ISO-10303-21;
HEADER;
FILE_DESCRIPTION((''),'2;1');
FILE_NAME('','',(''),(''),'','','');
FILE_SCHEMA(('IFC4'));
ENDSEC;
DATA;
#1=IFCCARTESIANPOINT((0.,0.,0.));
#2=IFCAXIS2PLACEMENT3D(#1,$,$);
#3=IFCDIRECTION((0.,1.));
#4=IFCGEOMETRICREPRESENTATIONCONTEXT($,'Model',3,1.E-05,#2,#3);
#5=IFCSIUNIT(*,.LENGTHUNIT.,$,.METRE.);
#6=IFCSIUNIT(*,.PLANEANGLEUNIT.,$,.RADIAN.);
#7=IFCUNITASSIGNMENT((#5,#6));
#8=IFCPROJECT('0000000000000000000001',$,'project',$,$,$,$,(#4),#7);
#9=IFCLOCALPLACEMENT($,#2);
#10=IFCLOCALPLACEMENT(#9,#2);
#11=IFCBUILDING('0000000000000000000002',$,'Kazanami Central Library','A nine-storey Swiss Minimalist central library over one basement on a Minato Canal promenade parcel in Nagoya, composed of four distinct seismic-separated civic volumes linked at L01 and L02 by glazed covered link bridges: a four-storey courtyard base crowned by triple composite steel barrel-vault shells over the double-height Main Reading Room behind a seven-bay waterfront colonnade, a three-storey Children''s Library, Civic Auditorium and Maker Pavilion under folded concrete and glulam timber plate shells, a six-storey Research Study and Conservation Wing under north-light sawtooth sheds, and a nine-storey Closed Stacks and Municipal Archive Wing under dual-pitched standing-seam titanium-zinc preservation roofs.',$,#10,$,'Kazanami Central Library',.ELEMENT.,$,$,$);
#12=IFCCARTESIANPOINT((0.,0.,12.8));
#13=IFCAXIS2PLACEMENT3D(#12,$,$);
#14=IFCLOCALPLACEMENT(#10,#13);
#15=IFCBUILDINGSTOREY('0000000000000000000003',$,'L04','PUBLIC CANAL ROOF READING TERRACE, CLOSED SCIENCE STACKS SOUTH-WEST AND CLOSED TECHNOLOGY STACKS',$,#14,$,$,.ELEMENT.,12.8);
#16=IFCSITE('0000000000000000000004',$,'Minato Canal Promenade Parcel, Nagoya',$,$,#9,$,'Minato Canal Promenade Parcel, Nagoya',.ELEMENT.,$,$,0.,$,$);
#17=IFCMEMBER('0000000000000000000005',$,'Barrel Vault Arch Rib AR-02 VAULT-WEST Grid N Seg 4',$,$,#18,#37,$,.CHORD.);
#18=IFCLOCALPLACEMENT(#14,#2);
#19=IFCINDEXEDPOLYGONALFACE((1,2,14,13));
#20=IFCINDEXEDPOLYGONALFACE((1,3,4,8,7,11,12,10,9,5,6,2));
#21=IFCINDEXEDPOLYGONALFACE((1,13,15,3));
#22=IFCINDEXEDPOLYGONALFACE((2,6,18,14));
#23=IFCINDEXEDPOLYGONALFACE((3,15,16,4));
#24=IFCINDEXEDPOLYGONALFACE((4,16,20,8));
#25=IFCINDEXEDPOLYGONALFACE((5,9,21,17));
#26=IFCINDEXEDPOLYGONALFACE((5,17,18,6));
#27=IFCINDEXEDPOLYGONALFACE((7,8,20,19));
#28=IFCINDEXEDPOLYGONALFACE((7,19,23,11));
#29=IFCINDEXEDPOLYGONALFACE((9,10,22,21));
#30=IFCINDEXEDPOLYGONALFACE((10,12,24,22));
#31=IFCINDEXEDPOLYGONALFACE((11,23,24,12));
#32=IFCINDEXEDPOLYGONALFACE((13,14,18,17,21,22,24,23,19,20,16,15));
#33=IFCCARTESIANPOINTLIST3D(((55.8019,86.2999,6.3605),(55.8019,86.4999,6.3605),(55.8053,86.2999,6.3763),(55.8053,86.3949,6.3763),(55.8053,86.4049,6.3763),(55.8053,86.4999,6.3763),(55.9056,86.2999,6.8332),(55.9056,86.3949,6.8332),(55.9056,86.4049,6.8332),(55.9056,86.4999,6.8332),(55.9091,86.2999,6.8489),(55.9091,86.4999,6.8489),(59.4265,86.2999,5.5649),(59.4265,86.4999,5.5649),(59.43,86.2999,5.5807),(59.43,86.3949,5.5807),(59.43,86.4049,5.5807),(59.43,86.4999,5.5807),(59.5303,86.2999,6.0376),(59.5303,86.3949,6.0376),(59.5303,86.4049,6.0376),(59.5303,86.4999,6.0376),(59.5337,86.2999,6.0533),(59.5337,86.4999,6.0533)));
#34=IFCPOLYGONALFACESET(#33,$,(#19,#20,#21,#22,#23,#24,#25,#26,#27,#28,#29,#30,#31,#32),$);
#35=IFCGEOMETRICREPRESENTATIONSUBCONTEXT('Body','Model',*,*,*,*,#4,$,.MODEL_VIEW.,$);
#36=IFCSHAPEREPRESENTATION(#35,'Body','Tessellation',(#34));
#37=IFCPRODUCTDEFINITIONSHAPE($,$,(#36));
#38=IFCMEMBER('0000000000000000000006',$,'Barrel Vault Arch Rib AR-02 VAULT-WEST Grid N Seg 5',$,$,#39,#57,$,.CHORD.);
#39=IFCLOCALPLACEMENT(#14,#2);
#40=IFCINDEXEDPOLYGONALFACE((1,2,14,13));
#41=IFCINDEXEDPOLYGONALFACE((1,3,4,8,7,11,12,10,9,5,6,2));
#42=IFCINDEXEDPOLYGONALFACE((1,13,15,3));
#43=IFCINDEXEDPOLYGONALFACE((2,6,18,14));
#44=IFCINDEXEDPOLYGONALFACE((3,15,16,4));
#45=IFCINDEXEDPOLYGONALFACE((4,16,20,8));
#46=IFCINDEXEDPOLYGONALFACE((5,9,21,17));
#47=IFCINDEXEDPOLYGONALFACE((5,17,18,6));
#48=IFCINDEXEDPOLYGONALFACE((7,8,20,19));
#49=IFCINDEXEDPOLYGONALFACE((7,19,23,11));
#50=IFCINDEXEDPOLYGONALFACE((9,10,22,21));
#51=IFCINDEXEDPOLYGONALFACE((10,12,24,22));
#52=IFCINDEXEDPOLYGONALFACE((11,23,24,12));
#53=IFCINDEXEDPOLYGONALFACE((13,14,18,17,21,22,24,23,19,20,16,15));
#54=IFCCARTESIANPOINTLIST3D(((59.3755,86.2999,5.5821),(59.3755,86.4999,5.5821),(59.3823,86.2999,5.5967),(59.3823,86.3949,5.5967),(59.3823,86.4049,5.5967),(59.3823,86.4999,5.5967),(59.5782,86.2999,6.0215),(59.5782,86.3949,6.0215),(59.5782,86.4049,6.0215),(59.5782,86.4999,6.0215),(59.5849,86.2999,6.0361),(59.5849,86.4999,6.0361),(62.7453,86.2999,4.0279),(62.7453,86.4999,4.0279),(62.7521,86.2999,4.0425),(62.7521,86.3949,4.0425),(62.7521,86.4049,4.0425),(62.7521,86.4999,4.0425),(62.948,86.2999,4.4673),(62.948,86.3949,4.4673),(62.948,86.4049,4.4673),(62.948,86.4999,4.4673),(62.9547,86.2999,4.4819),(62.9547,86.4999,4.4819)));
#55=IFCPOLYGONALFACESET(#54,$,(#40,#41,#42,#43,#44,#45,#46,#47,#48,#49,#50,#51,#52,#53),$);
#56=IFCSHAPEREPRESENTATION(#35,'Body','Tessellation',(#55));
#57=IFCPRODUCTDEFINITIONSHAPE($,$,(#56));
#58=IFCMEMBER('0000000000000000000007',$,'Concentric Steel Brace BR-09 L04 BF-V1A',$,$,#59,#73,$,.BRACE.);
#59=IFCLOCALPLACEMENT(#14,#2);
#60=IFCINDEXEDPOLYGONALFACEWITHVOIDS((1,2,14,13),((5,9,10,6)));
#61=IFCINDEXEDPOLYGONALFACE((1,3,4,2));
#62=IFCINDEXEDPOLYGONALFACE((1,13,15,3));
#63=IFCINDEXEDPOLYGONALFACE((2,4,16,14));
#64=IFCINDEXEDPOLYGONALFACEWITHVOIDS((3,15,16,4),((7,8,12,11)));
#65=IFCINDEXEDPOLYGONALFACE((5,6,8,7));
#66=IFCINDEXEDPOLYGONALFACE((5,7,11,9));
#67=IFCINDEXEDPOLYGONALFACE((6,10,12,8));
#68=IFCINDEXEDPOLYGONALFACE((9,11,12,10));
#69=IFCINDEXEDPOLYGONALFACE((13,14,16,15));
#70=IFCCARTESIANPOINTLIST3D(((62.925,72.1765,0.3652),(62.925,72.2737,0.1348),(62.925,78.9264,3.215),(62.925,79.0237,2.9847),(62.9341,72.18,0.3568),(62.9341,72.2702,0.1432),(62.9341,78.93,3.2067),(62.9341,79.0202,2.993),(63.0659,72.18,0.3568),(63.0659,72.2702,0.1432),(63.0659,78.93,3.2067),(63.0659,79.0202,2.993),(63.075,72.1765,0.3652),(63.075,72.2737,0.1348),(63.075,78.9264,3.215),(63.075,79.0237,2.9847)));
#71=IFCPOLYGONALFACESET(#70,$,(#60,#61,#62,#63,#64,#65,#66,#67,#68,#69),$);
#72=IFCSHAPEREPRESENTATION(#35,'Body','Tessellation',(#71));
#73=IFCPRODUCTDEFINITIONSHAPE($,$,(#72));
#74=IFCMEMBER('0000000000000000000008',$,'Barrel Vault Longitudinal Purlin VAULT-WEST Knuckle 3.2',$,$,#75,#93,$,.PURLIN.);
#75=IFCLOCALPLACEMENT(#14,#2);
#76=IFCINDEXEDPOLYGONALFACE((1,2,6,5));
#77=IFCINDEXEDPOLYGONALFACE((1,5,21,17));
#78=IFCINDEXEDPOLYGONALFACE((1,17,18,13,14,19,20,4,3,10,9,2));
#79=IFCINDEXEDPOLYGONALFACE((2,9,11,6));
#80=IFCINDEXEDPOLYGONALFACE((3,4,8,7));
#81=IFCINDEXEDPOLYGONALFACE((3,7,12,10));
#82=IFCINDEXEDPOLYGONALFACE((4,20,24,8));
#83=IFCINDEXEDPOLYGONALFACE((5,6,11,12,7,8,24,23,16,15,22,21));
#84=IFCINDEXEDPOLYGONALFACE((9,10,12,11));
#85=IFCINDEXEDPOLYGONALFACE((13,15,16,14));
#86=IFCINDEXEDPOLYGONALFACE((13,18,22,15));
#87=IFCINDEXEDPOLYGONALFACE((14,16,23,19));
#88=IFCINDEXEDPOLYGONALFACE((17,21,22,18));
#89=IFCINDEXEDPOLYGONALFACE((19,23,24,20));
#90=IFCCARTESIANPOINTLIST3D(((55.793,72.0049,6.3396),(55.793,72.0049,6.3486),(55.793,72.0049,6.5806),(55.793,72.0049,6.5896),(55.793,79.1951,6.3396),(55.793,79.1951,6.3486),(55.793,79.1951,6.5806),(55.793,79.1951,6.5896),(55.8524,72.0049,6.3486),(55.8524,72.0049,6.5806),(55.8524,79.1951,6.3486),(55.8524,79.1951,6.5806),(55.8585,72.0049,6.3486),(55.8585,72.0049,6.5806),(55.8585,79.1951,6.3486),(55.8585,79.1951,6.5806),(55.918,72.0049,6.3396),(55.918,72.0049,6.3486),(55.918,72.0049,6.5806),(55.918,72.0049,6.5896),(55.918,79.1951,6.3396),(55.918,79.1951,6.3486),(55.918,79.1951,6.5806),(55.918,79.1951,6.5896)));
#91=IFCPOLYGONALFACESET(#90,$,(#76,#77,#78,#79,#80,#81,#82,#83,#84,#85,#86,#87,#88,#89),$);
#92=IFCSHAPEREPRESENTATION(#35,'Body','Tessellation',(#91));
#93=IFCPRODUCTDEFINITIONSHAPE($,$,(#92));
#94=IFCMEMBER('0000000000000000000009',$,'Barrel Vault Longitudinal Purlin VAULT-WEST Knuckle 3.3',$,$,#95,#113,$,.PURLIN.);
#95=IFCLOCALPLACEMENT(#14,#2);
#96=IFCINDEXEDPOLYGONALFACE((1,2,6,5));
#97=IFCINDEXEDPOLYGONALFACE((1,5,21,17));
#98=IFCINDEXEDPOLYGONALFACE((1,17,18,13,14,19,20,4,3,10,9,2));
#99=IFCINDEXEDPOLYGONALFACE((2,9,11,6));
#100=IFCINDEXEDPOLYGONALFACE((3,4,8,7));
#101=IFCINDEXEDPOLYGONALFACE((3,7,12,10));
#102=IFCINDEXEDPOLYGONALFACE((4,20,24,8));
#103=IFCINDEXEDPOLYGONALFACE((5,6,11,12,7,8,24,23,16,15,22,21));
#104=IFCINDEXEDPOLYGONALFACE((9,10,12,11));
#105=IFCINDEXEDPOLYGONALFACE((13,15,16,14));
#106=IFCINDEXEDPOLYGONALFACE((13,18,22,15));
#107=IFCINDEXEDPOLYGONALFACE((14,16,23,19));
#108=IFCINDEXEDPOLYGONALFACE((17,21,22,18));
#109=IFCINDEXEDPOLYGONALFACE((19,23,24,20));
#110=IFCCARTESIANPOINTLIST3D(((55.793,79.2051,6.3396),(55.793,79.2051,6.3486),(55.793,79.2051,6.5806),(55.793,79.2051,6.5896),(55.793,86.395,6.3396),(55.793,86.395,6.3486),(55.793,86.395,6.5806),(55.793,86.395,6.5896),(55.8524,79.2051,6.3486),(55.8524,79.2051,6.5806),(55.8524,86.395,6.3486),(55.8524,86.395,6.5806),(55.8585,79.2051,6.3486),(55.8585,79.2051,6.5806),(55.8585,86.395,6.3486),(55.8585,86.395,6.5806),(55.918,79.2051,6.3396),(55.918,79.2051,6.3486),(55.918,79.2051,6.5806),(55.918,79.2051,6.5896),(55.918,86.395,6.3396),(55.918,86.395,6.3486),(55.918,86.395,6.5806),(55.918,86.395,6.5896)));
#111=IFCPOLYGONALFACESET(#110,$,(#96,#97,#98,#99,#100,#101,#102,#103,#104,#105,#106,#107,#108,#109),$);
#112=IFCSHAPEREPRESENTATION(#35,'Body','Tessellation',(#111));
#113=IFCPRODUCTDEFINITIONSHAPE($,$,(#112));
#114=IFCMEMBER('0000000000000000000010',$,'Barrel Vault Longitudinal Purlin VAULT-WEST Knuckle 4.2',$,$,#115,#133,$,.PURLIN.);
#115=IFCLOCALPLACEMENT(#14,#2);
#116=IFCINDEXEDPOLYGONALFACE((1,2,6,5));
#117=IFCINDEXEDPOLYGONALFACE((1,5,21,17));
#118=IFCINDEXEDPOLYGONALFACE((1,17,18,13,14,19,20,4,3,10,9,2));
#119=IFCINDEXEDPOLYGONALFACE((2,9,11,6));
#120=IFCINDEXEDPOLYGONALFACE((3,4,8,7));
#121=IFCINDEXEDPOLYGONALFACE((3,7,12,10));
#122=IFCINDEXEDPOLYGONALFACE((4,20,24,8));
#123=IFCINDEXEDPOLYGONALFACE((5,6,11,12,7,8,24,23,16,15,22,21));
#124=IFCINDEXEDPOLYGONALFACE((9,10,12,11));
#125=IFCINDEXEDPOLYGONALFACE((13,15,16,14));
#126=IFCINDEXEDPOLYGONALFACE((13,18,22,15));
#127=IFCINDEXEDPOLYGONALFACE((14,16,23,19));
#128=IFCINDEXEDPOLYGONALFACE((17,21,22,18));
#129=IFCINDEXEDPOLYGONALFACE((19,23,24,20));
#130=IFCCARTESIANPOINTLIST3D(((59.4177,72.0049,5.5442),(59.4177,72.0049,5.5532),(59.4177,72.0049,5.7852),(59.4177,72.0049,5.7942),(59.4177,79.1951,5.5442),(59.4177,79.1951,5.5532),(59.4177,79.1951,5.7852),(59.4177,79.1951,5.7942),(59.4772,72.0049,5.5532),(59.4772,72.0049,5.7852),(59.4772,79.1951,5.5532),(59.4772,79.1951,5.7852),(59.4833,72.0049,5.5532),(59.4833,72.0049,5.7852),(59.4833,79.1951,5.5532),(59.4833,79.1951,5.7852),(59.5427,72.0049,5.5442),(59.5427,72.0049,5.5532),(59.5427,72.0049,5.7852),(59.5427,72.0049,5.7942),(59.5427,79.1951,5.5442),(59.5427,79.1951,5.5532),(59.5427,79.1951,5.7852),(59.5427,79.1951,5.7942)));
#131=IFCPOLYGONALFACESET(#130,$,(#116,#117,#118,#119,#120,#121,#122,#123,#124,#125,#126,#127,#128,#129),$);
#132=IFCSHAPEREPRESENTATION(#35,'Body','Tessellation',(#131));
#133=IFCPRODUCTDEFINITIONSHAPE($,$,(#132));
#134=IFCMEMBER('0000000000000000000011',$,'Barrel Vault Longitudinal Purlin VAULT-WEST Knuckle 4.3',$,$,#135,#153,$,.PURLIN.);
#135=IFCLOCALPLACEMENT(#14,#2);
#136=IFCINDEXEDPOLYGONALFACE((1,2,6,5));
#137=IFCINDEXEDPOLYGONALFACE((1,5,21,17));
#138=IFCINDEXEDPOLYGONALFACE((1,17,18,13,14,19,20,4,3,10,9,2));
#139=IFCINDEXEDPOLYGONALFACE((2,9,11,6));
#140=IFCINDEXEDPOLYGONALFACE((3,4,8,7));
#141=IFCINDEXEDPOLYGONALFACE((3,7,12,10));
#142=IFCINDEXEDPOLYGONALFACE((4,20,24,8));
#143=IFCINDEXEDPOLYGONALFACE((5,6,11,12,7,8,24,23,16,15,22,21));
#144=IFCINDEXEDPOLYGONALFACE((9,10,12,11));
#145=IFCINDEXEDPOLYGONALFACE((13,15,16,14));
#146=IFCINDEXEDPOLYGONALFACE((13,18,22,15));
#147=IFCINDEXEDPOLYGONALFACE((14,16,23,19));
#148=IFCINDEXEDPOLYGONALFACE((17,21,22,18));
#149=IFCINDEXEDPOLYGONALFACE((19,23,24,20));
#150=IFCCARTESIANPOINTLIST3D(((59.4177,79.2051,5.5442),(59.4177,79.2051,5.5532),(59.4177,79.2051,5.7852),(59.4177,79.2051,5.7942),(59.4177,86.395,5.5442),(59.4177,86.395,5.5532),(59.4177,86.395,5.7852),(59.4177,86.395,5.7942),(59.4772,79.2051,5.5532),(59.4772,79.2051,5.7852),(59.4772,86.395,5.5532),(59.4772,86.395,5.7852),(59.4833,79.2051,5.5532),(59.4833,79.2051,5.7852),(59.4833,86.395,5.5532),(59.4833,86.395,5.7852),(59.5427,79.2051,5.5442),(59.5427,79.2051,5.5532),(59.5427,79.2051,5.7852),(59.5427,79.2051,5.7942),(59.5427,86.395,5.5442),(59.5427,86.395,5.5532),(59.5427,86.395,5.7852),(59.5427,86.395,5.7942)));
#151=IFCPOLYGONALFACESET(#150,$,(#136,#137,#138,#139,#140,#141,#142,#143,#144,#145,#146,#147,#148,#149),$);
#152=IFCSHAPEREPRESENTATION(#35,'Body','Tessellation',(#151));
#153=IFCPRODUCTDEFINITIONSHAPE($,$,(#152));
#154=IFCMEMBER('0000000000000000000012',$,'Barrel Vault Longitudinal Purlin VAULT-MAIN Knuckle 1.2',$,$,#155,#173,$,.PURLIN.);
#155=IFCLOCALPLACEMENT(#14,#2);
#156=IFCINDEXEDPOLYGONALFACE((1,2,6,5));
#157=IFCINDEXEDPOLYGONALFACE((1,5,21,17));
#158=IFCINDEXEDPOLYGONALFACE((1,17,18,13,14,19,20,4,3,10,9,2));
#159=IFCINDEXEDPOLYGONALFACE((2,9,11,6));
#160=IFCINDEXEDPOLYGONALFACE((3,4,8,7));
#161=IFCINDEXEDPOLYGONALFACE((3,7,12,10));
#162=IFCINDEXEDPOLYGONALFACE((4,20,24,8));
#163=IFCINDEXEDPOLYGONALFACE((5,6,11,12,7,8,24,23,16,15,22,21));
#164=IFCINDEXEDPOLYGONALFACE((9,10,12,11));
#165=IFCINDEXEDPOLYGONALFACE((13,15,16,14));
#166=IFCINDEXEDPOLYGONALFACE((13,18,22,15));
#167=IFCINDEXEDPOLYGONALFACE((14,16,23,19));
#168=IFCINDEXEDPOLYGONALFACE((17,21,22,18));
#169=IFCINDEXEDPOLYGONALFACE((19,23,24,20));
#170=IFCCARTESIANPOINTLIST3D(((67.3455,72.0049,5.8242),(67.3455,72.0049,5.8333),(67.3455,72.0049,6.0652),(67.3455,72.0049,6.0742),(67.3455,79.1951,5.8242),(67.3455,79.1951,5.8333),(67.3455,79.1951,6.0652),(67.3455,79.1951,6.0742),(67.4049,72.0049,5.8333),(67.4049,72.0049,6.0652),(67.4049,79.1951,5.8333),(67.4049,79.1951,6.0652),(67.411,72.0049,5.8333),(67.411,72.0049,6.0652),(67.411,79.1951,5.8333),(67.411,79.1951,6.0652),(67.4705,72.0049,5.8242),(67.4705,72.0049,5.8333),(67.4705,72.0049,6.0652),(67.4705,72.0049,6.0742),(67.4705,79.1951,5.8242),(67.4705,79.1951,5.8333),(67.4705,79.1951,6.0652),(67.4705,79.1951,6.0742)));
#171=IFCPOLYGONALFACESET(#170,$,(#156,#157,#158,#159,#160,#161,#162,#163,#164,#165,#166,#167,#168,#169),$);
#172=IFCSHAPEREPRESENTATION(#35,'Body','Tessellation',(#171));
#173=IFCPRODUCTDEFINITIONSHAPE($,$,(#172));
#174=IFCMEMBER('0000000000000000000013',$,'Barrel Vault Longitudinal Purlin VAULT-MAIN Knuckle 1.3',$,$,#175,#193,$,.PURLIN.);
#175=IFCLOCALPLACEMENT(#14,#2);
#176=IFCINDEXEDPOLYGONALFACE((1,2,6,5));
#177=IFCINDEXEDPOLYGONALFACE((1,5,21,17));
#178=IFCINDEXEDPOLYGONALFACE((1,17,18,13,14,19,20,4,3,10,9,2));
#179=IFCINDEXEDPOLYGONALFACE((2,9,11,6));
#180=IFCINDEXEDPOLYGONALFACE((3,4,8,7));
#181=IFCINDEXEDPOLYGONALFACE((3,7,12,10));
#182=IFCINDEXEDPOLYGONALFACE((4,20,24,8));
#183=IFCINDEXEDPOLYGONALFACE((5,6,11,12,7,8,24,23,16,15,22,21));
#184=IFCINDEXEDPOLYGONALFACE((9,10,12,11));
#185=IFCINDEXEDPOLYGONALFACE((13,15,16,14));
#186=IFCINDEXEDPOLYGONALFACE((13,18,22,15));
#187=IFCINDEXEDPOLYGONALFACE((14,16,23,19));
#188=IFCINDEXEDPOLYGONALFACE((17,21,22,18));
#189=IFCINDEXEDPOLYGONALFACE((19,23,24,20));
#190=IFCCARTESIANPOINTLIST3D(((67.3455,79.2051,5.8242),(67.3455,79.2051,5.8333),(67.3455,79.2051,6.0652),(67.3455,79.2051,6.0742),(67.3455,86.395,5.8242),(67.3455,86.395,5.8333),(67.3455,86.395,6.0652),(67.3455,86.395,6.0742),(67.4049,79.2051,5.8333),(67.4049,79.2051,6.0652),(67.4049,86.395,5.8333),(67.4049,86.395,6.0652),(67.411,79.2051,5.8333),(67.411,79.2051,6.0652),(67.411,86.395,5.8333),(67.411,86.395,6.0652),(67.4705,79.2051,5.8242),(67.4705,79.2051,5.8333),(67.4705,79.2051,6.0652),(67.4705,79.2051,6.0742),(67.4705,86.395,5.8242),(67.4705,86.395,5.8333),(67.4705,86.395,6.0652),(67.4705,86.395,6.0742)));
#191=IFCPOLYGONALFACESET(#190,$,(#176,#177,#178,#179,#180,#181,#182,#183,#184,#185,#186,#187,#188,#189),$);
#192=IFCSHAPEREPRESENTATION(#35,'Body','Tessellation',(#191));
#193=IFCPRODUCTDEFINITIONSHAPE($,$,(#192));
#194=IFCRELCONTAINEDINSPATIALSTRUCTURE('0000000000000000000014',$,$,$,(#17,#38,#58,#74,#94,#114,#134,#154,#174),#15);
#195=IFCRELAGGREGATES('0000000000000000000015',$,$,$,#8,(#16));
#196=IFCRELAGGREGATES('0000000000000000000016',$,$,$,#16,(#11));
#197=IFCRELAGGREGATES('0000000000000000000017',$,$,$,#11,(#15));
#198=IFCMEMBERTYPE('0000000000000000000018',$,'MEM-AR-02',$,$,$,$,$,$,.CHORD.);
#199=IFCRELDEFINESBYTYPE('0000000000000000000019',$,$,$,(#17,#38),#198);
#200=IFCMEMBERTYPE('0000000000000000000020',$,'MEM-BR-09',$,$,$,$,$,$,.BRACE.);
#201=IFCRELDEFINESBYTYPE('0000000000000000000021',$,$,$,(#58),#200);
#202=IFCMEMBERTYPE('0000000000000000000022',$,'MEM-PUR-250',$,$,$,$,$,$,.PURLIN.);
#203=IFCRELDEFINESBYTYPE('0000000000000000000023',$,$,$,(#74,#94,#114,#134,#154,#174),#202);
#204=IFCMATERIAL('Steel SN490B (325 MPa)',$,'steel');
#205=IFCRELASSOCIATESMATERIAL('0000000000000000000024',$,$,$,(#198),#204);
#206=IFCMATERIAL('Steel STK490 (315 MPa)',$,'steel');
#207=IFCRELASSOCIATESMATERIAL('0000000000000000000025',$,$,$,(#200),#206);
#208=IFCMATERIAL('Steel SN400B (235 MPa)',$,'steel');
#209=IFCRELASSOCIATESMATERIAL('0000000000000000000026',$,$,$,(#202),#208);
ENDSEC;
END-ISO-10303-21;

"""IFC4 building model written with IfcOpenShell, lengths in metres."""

from ifc_helpers import new_model, si_unit, direction, frame, origin, origin_2d, place, context, subcontext, project, spatial, hollow_rectangle, i_section, extrude, material, material_profile, profile_set, type_object, element, save


model = new_model("IFC4")

# Units and contexts
model_context = context("Model", 3, precision=1e-05, world=origin(), true_north=direction((0.0, 1.0)))
body_context = subcontext(model_context, "Body", "Model", "MODEL_VIEW")
ifc_project = project(units=[si_unit("LENGTHUNIT", "METRE"), si_unit("PLANEANGLEUNIT", "RADIAN")], contexts=[model_context])

# Site, building, storey
site_placement = place(None, origin())
site = spatial("IfcSite", under=ifc_project, at=site_placement, Name="Minato Canal Promenade Parcel, Nagoya", LongName="Minato Canal Promenade Parcel, Nagoya", CompositionType="ELEMENT", RefElevation=0.0)
building_placement = place(site_placement, origin())
building = spatial("IfcBuilding", under=site, at=building_placement, Name="Kazanami Central Library", Description="A nine-storey Swiss Minimalist central library over one basement on a Minato Canal promenade parcel in Nagoya, composed of four distinct seismic-separated civic volumes linked at L01 and L02 by glazed covered link bridges: a four-storey courtyard base crowned by triple composite steel barrel-vault shells over the double-height Main Reading Room behind a seven-bay waterfront colonnade, a three-storey Children's Library, Civic Auditorium and Maker Pavilion under folded concrete and glulam timber plate shells, a six-storey Research Study and Conservation Wing under north-light sawtooth sheds, and a nine-storey Closed Stacks and Municipal Archive Wing under dual-pitched standing-seam titanium-zinc preservation roofs.", LongName="Kazanami Central Library", CompositionType="ELEMENT")
storey_placement = place(building_placement, frame((0.0, 0.0, 12.8)))
storey = spatial("IfcBuildingStorey", under=building, at=storey_placement, Name="L04", Description="PUBLIC CANAL ROOF READING TERRACE, CLOSED SCIENCE STACKS SOUTH-WEST AND CLOSED TECHNOLOGY STACKS", CompositionType="ELEMENT", Elevation=12.8)

# Shared definitions
ifc_material_1 = material(Name="Steel SN490B (325 MPa)", Category="steel")

# Members
ifc_material_profile_1 = material_profile(ifc_material_1, i_section(OverallWidth=0.2, OverallDepth=0.5, WebThickness=0.01, FlangeThickness=0.0161, at=origin_2d()), Name="H-500x200x10x16")
ifc_profile_set_1 = profile_set([ifc_material_profile_1], Name="Steel SN490B (325 MPa)")
member_type_1 = type_object("IfcMemberType", Name="MEM-AR-02", PredefinedType="CHORD", material=ifc_profile_set_1)
for number, where, z_axis, x_axis, name in (
    (1, (55.8555, 86.3999, 6.6047), (0.976746, 0.0, -0.214401), (0.0, 1.0, 0.0), "Barrel Vault Arch Rib AR-02 VAULT-WEST Grid N Seg 4"),
    (2, (59.4802, 86.3999, 5.8091), (0.908075, 0.0, -0.418808), (0.0, 1.0, 0.0), "Barrel Vault Arch Rib AR-02 VAULT-WEST Grid N Seg 5"),
):
    element("IfcMember", number, at=place(storey_placement, frame(where, z_axis=z_axis, x_axis=x_axis)), inside=storey, type_object=member_type_1, Name=name, PredefinedType="CHORD", context=body_context, shape_type="SweptSolid", body=[
        extrude(i_section(OverallWidth=0.2, OverallDepth=0.5, WebThickness=0.01, FlangeThickness=0.0161, at=origin_2d()), origin(), (0.0, 0.0, 1.0), 3.7109),
    ])
ifc_material_2 = material(Name="Steel STK490 (315 MPa)", Category="steel")
ifc_material_profile_2 = material_profile(ifc_material_2, hollow_rectangle(XDim=0.1499, YDim=0.25, WallThickness=0.009, at=origin_2d()), Name="STKR-250x150x9")
ifc_profile_set_2 = profile_set([ifc_material_profile_2], Name="Steel STK490 (315 MPa)")
member_type_2 = type_object("IfcMemberType", Name="MEM-BR-09", PredefinedType="BRACE", material=ifc_profile_set_2)
member_1_placement = place(storey_placement, frame((63.0, 72.2251, 0.25), z_axis=(0.0, 0.921257, 0.388955), x_axis=(-1.0, 0.0, 0.0)))
element("IfcMember", 3, at=member_1_placement, inside=storey, type_object=member_type_2, Name="Concentric Steel Brace BR-09 L04 BF-V1A", PredefinedType="BRACE", context=body_context, shape_type="SweptSolid", body=[
    extrude(hollow_rectangle(XDim=0.1499, YDim=0.25, WallThickness=0.009, at=origin_2d()), origin(), (0.0, 0.0, 1.0), 7.3269),
])
ifc_material_3 = material(Name="Steel SN400B (235 MPa)", Category="steel")
ifc_material_profile_3 = material_profile(ifc_material_3, i_section(OverallWidth=0.125, OverallDepth=0.25, WebThickness=0.0061, FlangeThickness=0.009, at=origin_2d()), Name="H-250x125x6x9")
ifc_profile_set_3 = profile_set([ifc_material_profile_3], Name="Steel SN400B (235 MPa)")
member_type_3 = type_object("IfcMemberType", Name="MEM-PUR-250", PredefinedType="PURLIN", material=ifc_profile_set_3)
member_2_placement = place(storey_placement, frame((55.8555, 72.0049, 6.4646), z_axis=(0.0, 1.0, 0.0), x_axis=(-1.0, 0.0, 0.0)))
element("IfcMember", 4, at=member_2_placement, inside=storey, type_object=member_type_3, Name="Barrel Vault Longitudinal Purlin VAULT-WEST Knuckle 3.2", PredefinedType="PURLIN", context=body_context, shape_type="SweptSolid", body=[
    extrude(i_section(OverallWidth=0.125, OverallDepth=0.25, WebThickness=0.0061, FlangeThickness=0.009, at=origin_2d()), origin(), (0.0, 0.0, 1.0), 7.1902),
])
member_3_placement = place(storey_placement, frame((55.8555, 79.2051, 6.4646), z_axis=(0.0, 1.0, 0.0), x_axis=(-1.0, 0.0, 0.0)))
element("IfcMember", 5, at=member_3_placement, inside=storey, type_object=member_type_3, Name="Barrel Vault Longitudinal Purlin VAULT-WEST Knuckle 3.3", PredefinedType="PURLIN", context=body_context, shape_type="SweptSolid", body=[
    extrude(i_section(OverallWidth=0.125, OverallDepth=0.25, WebThickness=0.0061, FlangeThickness=0.009, at=origin_2d()), origin(), (0.0, 0.0, 1.0), 7.1899),
])
member_4_placement = place(storey_placement, frame((59.4802, 72.0049, 5.6692), z_axis=(0.0, 1.0, 0.0), x_axis=(-1.0, 0.0, 0.0)))
element("IfcMember", 6, at=member_4_placement, inside=storey, type_object=member_type_3, Name="Barrel Vault Longitudinal Purlin VAULT-WEST Knuckle 4.2", PredefinedType="PURLIN", context=body_context, shape_type="SweptSolid", body=[
    extrude(i_section(OverallWidth=0.125, OverallDepth=0.25, WebThickness=0.0061, FlangeThickness=0.009, at=origin_2d()), origin(), (0.0, 0.0, 1.0), 7.1902),
])
member_5_placement = place(storey_placement, frame((59.4802, 79.2051, 5.6692), z_axis=(0.0, 1.0, 0.0), x_axis=(-1.0, 0.0, 0.0)))
element("IfcMember", 7, at=member_5_placement, inside=storey, type_object=member_type_3, Name="Barrel Vault Longitudinal Purlin VAULT-WEST Knuckle 4.3", PredefinedType="PURLIN", context=body_context, shape_type="SweptSolid", body=[
    extrude(i_section(OverallWidth=0.125, OverallDepth=0.25, WebThickness=0.0061, FlangeThickness=0.009, at=origin_2d()), origin(), (0.0, 0.0, 1.0), 7.1899),
])
member_6_placement = place(storey_placement, frame((67.408, 72.0049, 5.9492), z_axis=(0.0, 1.0, 0.0), x_axis=(-1.0, 0.0, 0.0)))
element("IfcMember", 8, at=member_6_placement, inside=storey, type_object=member_type_3, Name="Barrel Vault Longitudinal Purlin VAULT-MAIN Knuckle 1.2", PredefinedType="PURLIN", context=body_context, shape_type="SweptSolid", body=[
    extrude(i_section(OverallWidth=0.125, OverallDepth=0.25, WebThickness=0.0061, FlangeThickness=0.009, at=origin_2d()), origin(), (0.0, 0.0, 1.0), 7.1902),
])
member_7_placement = place(storey_placement, frame((67.408, 79.2051, 5.9492), z_axis=(0.0, 1.0, 0.0), x_axis=(-1.0, 0.0, 0.0)))
element("IfcMember", 9, at=member_7_placement, inside=storey, type_object=member_type_3, Name="Barrel Vault Longitudinal Purlin VAULT-MAIN Knuckle 1.3", PredefinedType="PURLIN", context=body_context, shape_type="SweptSolid", body=[
    extrude(i_section(OverallWidth=0.125, OverallDepth=0.25, WebThickness=0.0061, FlangeThickness=0.009, at=origin_2d()), origin(), (0.0, 0.0, 1.0), 7.1899),
])

save(model, "model.ifc")
